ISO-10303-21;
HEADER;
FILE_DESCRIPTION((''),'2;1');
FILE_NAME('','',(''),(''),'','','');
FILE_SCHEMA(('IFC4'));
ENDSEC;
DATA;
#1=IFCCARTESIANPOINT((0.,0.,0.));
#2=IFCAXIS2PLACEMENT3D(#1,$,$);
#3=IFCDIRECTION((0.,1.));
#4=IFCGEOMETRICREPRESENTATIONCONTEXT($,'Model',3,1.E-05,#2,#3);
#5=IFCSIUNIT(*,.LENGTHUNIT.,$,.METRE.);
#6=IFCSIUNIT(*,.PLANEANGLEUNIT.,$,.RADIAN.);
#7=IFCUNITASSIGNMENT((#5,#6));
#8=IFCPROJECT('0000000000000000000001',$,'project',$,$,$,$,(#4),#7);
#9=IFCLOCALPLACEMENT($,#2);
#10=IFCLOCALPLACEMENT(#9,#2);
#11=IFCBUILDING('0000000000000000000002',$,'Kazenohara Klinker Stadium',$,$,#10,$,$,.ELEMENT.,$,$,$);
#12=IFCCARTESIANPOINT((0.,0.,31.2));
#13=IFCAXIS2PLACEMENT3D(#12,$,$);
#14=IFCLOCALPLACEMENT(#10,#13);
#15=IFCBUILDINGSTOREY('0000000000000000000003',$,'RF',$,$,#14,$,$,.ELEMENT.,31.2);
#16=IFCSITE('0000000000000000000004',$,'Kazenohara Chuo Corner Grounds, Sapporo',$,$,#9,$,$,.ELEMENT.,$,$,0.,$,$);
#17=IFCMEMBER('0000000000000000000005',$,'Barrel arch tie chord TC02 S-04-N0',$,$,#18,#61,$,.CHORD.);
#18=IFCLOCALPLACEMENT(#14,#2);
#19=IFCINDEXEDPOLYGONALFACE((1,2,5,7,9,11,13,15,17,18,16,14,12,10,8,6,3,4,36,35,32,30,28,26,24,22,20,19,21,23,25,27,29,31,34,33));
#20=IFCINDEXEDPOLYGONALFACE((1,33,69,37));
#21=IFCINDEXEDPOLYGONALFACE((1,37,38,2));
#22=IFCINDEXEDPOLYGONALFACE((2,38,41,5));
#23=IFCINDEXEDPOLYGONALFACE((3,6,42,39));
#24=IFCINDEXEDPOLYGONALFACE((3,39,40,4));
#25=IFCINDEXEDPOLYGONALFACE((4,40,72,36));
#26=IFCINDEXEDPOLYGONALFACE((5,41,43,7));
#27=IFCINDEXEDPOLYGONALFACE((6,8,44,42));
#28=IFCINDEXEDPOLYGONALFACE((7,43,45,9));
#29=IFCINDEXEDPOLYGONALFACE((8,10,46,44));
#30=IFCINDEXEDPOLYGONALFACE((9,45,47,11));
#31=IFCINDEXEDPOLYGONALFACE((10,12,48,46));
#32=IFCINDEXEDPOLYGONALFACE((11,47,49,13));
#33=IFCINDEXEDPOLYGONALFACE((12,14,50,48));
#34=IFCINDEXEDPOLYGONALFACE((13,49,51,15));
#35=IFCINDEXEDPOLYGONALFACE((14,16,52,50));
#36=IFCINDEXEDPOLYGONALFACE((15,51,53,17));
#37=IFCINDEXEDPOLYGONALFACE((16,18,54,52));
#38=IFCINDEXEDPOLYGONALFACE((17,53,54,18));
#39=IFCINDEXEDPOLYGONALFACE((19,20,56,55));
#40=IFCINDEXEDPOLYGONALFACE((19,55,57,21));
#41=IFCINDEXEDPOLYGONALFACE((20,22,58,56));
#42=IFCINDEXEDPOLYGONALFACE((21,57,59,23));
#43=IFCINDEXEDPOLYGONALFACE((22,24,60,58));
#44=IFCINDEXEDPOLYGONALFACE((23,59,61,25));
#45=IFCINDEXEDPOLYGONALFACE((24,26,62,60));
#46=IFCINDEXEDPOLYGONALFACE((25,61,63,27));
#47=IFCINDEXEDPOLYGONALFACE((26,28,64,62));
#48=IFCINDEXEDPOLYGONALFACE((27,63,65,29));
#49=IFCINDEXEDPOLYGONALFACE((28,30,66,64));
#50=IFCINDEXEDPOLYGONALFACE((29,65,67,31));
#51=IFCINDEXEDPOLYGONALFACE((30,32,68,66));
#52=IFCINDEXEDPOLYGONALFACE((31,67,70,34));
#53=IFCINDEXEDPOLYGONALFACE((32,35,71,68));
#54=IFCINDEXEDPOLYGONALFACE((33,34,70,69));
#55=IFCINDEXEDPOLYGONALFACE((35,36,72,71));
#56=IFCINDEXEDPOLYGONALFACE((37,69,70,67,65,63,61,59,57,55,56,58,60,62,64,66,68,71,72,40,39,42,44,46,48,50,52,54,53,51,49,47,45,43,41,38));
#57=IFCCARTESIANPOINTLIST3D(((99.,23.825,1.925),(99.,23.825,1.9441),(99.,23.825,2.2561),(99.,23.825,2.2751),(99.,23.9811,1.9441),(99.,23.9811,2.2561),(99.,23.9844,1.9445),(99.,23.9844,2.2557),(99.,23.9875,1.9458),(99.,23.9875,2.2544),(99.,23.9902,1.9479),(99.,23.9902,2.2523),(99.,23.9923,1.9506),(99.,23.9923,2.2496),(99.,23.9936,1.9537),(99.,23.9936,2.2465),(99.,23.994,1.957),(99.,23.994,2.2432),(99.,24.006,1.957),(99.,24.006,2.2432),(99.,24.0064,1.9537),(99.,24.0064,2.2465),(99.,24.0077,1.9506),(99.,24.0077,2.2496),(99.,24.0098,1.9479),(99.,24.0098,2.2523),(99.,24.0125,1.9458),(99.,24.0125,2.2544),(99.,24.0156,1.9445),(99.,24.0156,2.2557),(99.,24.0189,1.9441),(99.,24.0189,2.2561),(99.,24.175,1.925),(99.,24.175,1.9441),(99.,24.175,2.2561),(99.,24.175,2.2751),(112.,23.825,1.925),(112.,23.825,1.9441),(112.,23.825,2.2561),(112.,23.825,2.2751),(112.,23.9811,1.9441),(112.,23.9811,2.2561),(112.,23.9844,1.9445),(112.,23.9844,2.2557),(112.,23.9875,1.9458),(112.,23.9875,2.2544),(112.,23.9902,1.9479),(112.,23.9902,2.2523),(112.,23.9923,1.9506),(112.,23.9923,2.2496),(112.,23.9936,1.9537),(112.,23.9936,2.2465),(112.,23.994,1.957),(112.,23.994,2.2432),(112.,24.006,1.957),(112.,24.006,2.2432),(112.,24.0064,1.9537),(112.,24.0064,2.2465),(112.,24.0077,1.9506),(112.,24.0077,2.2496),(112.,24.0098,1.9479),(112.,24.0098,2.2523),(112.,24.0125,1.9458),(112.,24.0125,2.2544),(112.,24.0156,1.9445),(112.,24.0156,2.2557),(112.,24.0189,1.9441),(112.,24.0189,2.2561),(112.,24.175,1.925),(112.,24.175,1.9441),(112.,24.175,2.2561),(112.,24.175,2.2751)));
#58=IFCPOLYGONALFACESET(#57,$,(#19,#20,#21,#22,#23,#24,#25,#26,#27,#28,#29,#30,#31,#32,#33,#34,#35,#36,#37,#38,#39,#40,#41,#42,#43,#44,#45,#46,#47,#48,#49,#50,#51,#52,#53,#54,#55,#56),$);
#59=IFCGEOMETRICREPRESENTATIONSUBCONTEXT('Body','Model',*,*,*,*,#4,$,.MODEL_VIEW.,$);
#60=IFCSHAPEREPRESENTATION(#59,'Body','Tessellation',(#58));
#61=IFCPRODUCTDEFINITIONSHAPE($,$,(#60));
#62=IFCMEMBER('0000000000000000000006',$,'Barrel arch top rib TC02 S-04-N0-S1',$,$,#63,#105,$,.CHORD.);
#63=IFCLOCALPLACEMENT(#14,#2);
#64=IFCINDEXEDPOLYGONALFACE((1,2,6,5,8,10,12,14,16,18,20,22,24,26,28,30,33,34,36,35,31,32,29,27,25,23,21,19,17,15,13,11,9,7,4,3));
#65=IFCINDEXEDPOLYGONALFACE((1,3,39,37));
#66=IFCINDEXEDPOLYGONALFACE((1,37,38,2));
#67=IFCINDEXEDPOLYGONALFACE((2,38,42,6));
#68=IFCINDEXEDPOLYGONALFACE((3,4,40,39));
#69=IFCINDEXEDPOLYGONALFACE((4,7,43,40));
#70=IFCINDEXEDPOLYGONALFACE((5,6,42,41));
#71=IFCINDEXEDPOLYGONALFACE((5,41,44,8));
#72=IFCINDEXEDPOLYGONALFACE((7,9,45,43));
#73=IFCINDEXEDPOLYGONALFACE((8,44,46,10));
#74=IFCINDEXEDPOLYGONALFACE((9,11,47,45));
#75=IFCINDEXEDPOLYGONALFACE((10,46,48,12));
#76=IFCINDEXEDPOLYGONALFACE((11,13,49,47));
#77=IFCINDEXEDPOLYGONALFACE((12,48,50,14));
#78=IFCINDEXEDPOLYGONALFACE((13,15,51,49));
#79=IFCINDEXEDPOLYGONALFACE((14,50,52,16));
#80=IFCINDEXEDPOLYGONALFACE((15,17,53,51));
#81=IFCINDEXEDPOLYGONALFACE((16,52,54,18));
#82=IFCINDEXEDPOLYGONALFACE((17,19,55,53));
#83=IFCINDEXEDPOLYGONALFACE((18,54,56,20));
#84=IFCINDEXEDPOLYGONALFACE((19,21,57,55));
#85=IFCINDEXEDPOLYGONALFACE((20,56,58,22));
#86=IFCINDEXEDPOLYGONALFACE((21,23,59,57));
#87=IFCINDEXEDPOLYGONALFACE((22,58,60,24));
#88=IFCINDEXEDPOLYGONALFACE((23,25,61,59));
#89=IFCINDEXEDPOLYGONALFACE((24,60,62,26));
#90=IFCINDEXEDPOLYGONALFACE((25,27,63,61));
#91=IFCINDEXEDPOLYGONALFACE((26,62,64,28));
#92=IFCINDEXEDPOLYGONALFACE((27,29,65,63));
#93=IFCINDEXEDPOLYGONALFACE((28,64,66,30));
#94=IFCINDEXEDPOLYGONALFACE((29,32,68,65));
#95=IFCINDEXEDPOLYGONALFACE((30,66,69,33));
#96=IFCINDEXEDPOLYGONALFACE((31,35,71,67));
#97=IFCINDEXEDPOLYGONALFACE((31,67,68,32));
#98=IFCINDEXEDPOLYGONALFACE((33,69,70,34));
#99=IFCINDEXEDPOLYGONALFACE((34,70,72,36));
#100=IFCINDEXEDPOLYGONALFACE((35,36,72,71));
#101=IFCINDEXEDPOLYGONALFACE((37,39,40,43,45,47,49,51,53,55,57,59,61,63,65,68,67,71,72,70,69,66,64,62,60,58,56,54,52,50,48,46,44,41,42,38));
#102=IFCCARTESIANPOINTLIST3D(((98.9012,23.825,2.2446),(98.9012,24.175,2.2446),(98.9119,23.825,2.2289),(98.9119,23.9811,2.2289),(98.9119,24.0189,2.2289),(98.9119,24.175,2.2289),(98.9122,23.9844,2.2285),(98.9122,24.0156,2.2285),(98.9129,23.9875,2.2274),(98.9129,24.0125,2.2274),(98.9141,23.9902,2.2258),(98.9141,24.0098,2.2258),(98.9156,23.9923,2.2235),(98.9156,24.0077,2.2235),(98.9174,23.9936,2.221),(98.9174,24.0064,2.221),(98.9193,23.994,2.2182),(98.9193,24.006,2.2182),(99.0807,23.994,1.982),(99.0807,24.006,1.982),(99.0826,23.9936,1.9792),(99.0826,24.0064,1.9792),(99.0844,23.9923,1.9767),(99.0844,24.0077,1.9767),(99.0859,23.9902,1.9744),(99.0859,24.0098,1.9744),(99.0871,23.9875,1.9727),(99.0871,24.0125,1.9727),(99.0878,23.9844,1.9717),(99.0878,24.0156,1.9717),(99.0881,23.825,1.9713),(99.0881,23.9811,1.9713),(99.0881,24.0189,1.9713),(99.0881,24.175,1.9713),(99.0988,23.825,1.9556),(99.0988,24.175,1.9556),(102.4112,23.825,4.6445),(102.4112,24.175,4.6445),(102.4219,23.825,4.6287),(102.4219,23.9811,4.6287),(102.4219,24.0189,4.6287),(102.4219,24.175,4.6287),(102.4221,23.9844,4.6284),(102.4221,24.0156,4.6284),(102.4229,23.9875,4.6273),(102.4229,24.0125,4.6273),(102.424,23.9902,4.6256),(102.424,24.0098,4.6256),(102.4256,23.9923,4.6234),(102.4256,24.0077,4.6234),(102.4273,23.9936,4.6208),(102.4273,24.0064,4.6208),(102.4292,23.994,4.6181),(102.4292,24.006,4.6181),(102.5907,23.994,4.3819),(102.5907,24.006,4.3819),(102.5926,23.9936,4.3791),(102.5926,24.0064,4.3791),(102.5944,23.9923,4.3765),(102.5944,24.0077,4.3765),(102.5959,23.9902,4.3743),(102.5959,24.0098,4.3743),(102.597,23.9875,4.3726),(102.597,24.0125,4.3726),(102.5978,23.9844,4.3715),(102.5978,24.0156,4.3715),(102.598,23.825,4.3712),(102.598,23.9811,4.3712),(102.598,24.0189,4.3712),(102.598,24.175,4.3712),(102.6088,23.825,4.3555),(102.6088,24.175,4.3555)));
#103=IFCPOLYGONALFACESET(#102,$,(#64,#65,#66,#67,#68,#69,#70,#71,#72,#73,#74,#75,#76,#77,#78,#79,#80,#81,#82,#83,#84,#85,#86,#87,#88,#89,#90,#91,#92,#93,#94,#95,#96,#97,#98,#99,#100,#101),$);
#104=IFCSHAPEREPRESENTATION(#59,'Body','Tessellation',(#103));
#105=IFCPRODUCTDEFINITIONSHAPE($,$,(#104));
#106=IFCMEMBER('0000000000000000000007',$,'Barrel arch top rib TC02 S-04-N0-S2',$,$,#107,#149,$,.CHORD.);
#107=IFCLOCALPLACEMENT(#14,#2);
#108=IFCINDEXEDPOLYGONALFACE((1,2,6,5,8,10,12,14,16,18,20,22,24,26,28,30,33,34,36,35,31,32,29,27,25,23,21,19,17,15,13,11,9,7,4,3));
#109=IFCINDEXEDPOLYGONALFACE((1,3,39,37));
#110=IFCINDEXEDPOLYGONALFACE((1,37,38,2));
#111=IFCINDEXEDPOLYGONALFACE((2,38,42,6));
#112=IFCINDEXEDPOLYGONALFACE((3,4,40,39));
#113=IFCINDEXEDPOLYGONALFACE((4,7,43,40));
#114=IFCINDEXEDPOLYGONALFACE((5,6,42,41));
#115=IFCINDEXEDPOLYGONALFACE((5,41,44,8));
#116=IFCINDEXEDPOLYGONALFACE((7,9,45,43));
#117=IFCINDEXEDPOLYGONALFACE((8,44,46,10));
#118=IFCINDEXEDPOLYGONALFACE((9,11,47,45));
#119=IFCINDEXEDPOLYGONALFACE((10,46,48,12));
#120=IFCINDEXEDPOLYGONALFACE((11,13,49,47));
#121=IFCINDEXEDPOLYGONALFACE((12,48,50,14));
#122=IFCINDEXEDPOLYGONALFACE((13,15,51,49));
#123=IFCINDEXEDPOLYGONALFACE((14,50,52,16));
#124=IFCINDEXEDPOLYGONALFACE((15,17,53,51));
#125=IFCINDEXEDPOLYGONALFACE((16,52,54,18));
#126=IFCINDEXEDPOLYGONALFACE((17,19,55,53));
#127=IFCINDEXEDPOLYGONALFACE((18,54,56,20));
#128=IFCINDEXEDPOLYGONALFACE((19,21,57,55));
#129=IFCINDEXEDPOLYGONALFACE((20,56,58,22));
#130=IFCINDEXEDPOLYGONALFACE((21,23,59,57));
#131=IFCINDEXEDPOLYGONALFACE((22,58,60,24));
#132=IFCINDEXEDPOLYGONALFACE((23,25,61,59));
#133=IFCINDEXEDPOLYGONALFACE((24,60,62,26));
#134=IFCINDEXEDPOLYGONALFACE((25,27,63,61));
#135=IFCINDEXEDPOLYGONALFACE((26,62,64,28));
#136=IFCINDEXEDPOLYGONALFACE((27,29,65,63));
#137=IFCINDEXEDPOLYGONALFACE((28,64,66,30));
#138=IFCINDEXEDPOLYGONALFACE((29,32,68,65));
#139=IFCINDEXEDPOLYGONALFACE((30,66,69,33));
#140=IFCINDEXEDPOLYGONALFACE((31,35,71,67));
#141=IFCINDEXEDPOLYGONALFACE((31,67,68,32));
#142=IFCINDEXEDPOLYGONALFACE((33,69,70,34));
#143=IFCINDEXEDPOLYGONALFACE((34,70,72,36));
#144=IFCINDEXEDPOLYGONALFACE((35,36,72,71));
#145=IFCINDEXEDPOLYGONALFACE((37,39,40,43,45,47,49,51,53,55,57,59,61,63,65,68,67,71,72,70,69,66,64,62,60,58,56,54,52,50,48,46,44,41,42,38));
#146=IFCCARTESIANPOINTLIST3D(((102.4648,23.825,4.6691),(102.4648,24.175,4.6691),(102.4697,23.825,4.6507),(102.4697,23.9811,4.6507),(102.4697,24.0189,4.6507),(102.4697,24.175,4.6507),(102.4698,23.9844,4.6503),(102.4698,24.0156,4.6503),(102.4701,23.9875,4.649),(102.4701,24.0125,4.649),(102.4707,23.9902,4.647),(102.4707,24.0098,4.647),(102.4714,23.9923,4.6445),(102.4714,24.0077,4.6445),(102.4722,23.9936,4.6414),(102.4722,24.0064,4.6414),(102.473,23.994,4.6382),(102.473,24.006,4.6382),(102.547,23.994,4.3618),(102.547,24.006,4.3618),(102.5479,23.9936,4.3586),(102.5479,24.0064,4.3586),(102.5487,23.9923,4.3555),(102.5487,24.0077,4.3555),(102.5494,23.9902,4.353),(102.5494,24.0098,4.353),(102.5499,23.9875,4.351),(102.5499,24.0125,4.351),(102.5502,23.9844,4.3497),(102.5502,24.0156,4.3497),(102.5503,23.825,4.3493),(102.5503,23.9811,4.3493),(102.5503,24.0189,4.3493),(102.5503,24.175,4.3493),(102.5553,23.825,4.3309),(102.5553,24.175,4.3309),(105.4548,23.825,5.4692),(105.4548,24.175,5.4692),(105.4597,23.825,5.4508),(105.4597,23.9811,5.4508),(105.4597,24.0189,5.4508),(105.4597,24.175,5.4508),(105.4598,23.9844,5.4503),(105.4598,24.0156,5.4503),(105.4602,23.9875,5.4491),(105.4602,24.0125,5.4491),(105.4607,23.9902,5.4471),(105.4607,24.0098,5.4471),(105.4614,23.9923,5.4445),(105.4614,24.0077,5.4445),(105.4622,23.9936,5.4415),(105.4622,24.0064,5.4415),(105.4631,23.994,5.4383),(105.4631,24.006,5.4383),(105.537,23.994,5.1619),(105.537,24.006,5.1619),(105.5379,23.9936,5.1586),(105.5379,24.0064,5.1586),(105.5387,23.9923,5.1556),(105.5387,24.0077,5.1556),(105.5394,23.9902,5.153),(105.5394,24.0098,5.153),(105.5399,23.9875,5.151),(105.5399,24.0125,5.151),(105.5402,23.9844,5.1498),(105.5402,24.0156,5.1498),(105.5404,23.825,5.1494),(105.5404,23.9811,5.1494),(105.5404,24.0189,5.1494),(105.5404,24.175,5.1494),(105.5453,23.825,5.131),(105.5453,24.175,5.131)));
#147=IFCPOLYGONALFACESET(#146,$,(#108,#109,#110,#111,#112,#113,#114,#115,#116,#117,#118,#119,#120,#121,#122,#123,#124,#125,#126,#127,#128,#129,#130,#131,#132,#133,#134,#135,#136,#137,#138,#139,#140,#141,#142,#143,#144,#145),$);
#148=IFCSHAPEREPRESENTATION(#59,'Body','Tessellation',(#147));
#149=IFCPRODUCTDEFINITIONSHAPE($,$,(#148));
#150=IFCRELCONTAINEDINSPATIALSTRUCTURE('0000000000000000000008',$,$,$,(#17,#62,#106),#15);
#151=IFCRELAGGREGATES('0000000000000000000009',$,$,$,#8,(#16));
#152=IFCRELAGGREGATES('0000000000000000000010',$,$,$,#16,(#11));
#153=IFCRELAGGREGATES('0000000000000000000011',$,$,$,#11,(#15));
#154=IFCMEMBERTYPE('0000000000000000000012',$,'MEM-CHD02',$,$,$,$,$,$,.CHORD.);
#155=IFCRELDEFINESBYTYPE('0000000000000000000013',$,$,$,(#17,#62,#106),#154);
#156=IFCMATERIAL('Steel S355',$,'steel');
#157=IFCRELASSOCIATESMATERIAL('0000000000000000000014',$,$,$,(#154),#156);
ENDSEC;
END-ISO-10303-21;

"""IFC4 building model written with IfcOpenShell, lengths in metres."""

from ifc_helpers import new_model, si_unit, direction, frame, origin, origin_2d, place, context, subcontext, project, spatial, i_section, extrude, material, material_profile, profile_set, type_object, element, save


model = new_model("IFC4")

# Units and contexts
model_context = context("Model", 3, precision=1e-05, world=origin(), true_north=direction((0.0, 1.0)))
body_context = subcontext(model_context, "Body", "Model", "MODEL_VIEW")
ifc_project = project(units=[si_unit("LENGTHUNIT", "METRE"), si_unit("PLANEANGLEUNIT", "RADIAN")], contexts=[model_context])

# Site, building, storey
site_placement = place(None, origin())
site = spatial("IfcSite", under=ifc_project, at=site_placement, Name="Kazenohara Chuo Corner Grounds, Sapporo", CompositionType="ELEMENT", RefElevation=0.0)
building_placement = place(site_placement, origin())
building = spatial("IfcBuilding", under=site, at=building_placement, Name="Kazenohara Klinker Stadium", CompositionType="ELEMENT")
storey_placement = place(building_placement, frame((0.0, 0.0, 31.2)))
storey = spatial("IfcBuildingStorey", under=building, at=storey_placement, Name="RF", CompositionType="ELEMENT", Elevation=31.2)

# Members
ifc_material_1 = material(Name="Steel S355", Category="steel")
ifc_material_profile_1 = material_profile(ifc_material_1, i_section(OverallWidth=0.3501, OverallDepth=0.3501, WebThickness=0.012, FlangeThickness=0.019, FilletRadius=0.0129, at=origin_2d()), Name="H-350x350x12x19")
ifc_profile_set_1 = profile_set([ifc_material_profile_1], Name="Steel S355")
member_type_1 = type_object("IfcMemberType", Name="MEM-CHD02", PredefinedType="CHORD", material=ifc_profile_set_1)
member_1_placement = place(storey_placement, frame((99.0, 24.0, 2.1001), z_axis=(1.0, 0.0, 0.0), x_axis=(0.0, 1.0, 0.0)))
element("IfcMember", 1, at=member_1_placement, inside=storey, type_object=member_type_1, Name="Barrel arch tie chord TC02 S-04-N0", PredefinedType="CHORD", context=body_context, shape_type="SweptSolid", body=[
    extrude(i_section(OverallWidth=0.3501, OverallDepth=0.3501, WebThickness=0.012, FlangeThickness=0.019, FilletRadius=0.0129, at=origin_2d()), origin(), (0.0, 0.0, 1.0), 13.0),
])
member_2_placement = place(storey_placement, frame((99.0, 24.0, 2.1001), z_axis=(0.825492, 0.0, 0.564414), x_axis=(0.0, 1.0, 0.0)))
element("IfcMember", 2, at=member_2_placement, inside=storey, type_object=member_type_1, Name="Barrel arch top rib TC02 S-04-N0-S1", PredefinedType="CHORD", context=body_context, shape_type="SweptSolid", body=[
    extrude(i_section(OverallWidth=0.3501, OverallDepth=0.3501, WebThickness=0.012, FlangeThickness=0.019, FilletRadius=0.0129, at=origin_2d()), origin(), (0.0, 0.0, 1.0), 4.252),
])
member_3_placement = place(storey_placement, frame((102.51, 24.0, 4.5), z_axis=(0.966016, 0.0, 0.258482), x_axis=(0.0, 1.0, 0.0)))
element("IfcMember", 3, at=member_3_placement, inside=storey, type_object=member_type_1, Name="Barrel arch top rib TC02 S-04-N0-S2", PredefinedType="CHORD", context=body_context, shape_type="SweptSolid", body=[
    extrude(i_section(OverallWidth=0.3501, OverallDepth=0.3501, WebThickness=0.012, FlangeThickness=0.019, FilletRadius=0.0129, at=origin_2d()), origin(), (0.0, 0.0, 1.0), 3.0952),
])

save(model, "model.ifc")
